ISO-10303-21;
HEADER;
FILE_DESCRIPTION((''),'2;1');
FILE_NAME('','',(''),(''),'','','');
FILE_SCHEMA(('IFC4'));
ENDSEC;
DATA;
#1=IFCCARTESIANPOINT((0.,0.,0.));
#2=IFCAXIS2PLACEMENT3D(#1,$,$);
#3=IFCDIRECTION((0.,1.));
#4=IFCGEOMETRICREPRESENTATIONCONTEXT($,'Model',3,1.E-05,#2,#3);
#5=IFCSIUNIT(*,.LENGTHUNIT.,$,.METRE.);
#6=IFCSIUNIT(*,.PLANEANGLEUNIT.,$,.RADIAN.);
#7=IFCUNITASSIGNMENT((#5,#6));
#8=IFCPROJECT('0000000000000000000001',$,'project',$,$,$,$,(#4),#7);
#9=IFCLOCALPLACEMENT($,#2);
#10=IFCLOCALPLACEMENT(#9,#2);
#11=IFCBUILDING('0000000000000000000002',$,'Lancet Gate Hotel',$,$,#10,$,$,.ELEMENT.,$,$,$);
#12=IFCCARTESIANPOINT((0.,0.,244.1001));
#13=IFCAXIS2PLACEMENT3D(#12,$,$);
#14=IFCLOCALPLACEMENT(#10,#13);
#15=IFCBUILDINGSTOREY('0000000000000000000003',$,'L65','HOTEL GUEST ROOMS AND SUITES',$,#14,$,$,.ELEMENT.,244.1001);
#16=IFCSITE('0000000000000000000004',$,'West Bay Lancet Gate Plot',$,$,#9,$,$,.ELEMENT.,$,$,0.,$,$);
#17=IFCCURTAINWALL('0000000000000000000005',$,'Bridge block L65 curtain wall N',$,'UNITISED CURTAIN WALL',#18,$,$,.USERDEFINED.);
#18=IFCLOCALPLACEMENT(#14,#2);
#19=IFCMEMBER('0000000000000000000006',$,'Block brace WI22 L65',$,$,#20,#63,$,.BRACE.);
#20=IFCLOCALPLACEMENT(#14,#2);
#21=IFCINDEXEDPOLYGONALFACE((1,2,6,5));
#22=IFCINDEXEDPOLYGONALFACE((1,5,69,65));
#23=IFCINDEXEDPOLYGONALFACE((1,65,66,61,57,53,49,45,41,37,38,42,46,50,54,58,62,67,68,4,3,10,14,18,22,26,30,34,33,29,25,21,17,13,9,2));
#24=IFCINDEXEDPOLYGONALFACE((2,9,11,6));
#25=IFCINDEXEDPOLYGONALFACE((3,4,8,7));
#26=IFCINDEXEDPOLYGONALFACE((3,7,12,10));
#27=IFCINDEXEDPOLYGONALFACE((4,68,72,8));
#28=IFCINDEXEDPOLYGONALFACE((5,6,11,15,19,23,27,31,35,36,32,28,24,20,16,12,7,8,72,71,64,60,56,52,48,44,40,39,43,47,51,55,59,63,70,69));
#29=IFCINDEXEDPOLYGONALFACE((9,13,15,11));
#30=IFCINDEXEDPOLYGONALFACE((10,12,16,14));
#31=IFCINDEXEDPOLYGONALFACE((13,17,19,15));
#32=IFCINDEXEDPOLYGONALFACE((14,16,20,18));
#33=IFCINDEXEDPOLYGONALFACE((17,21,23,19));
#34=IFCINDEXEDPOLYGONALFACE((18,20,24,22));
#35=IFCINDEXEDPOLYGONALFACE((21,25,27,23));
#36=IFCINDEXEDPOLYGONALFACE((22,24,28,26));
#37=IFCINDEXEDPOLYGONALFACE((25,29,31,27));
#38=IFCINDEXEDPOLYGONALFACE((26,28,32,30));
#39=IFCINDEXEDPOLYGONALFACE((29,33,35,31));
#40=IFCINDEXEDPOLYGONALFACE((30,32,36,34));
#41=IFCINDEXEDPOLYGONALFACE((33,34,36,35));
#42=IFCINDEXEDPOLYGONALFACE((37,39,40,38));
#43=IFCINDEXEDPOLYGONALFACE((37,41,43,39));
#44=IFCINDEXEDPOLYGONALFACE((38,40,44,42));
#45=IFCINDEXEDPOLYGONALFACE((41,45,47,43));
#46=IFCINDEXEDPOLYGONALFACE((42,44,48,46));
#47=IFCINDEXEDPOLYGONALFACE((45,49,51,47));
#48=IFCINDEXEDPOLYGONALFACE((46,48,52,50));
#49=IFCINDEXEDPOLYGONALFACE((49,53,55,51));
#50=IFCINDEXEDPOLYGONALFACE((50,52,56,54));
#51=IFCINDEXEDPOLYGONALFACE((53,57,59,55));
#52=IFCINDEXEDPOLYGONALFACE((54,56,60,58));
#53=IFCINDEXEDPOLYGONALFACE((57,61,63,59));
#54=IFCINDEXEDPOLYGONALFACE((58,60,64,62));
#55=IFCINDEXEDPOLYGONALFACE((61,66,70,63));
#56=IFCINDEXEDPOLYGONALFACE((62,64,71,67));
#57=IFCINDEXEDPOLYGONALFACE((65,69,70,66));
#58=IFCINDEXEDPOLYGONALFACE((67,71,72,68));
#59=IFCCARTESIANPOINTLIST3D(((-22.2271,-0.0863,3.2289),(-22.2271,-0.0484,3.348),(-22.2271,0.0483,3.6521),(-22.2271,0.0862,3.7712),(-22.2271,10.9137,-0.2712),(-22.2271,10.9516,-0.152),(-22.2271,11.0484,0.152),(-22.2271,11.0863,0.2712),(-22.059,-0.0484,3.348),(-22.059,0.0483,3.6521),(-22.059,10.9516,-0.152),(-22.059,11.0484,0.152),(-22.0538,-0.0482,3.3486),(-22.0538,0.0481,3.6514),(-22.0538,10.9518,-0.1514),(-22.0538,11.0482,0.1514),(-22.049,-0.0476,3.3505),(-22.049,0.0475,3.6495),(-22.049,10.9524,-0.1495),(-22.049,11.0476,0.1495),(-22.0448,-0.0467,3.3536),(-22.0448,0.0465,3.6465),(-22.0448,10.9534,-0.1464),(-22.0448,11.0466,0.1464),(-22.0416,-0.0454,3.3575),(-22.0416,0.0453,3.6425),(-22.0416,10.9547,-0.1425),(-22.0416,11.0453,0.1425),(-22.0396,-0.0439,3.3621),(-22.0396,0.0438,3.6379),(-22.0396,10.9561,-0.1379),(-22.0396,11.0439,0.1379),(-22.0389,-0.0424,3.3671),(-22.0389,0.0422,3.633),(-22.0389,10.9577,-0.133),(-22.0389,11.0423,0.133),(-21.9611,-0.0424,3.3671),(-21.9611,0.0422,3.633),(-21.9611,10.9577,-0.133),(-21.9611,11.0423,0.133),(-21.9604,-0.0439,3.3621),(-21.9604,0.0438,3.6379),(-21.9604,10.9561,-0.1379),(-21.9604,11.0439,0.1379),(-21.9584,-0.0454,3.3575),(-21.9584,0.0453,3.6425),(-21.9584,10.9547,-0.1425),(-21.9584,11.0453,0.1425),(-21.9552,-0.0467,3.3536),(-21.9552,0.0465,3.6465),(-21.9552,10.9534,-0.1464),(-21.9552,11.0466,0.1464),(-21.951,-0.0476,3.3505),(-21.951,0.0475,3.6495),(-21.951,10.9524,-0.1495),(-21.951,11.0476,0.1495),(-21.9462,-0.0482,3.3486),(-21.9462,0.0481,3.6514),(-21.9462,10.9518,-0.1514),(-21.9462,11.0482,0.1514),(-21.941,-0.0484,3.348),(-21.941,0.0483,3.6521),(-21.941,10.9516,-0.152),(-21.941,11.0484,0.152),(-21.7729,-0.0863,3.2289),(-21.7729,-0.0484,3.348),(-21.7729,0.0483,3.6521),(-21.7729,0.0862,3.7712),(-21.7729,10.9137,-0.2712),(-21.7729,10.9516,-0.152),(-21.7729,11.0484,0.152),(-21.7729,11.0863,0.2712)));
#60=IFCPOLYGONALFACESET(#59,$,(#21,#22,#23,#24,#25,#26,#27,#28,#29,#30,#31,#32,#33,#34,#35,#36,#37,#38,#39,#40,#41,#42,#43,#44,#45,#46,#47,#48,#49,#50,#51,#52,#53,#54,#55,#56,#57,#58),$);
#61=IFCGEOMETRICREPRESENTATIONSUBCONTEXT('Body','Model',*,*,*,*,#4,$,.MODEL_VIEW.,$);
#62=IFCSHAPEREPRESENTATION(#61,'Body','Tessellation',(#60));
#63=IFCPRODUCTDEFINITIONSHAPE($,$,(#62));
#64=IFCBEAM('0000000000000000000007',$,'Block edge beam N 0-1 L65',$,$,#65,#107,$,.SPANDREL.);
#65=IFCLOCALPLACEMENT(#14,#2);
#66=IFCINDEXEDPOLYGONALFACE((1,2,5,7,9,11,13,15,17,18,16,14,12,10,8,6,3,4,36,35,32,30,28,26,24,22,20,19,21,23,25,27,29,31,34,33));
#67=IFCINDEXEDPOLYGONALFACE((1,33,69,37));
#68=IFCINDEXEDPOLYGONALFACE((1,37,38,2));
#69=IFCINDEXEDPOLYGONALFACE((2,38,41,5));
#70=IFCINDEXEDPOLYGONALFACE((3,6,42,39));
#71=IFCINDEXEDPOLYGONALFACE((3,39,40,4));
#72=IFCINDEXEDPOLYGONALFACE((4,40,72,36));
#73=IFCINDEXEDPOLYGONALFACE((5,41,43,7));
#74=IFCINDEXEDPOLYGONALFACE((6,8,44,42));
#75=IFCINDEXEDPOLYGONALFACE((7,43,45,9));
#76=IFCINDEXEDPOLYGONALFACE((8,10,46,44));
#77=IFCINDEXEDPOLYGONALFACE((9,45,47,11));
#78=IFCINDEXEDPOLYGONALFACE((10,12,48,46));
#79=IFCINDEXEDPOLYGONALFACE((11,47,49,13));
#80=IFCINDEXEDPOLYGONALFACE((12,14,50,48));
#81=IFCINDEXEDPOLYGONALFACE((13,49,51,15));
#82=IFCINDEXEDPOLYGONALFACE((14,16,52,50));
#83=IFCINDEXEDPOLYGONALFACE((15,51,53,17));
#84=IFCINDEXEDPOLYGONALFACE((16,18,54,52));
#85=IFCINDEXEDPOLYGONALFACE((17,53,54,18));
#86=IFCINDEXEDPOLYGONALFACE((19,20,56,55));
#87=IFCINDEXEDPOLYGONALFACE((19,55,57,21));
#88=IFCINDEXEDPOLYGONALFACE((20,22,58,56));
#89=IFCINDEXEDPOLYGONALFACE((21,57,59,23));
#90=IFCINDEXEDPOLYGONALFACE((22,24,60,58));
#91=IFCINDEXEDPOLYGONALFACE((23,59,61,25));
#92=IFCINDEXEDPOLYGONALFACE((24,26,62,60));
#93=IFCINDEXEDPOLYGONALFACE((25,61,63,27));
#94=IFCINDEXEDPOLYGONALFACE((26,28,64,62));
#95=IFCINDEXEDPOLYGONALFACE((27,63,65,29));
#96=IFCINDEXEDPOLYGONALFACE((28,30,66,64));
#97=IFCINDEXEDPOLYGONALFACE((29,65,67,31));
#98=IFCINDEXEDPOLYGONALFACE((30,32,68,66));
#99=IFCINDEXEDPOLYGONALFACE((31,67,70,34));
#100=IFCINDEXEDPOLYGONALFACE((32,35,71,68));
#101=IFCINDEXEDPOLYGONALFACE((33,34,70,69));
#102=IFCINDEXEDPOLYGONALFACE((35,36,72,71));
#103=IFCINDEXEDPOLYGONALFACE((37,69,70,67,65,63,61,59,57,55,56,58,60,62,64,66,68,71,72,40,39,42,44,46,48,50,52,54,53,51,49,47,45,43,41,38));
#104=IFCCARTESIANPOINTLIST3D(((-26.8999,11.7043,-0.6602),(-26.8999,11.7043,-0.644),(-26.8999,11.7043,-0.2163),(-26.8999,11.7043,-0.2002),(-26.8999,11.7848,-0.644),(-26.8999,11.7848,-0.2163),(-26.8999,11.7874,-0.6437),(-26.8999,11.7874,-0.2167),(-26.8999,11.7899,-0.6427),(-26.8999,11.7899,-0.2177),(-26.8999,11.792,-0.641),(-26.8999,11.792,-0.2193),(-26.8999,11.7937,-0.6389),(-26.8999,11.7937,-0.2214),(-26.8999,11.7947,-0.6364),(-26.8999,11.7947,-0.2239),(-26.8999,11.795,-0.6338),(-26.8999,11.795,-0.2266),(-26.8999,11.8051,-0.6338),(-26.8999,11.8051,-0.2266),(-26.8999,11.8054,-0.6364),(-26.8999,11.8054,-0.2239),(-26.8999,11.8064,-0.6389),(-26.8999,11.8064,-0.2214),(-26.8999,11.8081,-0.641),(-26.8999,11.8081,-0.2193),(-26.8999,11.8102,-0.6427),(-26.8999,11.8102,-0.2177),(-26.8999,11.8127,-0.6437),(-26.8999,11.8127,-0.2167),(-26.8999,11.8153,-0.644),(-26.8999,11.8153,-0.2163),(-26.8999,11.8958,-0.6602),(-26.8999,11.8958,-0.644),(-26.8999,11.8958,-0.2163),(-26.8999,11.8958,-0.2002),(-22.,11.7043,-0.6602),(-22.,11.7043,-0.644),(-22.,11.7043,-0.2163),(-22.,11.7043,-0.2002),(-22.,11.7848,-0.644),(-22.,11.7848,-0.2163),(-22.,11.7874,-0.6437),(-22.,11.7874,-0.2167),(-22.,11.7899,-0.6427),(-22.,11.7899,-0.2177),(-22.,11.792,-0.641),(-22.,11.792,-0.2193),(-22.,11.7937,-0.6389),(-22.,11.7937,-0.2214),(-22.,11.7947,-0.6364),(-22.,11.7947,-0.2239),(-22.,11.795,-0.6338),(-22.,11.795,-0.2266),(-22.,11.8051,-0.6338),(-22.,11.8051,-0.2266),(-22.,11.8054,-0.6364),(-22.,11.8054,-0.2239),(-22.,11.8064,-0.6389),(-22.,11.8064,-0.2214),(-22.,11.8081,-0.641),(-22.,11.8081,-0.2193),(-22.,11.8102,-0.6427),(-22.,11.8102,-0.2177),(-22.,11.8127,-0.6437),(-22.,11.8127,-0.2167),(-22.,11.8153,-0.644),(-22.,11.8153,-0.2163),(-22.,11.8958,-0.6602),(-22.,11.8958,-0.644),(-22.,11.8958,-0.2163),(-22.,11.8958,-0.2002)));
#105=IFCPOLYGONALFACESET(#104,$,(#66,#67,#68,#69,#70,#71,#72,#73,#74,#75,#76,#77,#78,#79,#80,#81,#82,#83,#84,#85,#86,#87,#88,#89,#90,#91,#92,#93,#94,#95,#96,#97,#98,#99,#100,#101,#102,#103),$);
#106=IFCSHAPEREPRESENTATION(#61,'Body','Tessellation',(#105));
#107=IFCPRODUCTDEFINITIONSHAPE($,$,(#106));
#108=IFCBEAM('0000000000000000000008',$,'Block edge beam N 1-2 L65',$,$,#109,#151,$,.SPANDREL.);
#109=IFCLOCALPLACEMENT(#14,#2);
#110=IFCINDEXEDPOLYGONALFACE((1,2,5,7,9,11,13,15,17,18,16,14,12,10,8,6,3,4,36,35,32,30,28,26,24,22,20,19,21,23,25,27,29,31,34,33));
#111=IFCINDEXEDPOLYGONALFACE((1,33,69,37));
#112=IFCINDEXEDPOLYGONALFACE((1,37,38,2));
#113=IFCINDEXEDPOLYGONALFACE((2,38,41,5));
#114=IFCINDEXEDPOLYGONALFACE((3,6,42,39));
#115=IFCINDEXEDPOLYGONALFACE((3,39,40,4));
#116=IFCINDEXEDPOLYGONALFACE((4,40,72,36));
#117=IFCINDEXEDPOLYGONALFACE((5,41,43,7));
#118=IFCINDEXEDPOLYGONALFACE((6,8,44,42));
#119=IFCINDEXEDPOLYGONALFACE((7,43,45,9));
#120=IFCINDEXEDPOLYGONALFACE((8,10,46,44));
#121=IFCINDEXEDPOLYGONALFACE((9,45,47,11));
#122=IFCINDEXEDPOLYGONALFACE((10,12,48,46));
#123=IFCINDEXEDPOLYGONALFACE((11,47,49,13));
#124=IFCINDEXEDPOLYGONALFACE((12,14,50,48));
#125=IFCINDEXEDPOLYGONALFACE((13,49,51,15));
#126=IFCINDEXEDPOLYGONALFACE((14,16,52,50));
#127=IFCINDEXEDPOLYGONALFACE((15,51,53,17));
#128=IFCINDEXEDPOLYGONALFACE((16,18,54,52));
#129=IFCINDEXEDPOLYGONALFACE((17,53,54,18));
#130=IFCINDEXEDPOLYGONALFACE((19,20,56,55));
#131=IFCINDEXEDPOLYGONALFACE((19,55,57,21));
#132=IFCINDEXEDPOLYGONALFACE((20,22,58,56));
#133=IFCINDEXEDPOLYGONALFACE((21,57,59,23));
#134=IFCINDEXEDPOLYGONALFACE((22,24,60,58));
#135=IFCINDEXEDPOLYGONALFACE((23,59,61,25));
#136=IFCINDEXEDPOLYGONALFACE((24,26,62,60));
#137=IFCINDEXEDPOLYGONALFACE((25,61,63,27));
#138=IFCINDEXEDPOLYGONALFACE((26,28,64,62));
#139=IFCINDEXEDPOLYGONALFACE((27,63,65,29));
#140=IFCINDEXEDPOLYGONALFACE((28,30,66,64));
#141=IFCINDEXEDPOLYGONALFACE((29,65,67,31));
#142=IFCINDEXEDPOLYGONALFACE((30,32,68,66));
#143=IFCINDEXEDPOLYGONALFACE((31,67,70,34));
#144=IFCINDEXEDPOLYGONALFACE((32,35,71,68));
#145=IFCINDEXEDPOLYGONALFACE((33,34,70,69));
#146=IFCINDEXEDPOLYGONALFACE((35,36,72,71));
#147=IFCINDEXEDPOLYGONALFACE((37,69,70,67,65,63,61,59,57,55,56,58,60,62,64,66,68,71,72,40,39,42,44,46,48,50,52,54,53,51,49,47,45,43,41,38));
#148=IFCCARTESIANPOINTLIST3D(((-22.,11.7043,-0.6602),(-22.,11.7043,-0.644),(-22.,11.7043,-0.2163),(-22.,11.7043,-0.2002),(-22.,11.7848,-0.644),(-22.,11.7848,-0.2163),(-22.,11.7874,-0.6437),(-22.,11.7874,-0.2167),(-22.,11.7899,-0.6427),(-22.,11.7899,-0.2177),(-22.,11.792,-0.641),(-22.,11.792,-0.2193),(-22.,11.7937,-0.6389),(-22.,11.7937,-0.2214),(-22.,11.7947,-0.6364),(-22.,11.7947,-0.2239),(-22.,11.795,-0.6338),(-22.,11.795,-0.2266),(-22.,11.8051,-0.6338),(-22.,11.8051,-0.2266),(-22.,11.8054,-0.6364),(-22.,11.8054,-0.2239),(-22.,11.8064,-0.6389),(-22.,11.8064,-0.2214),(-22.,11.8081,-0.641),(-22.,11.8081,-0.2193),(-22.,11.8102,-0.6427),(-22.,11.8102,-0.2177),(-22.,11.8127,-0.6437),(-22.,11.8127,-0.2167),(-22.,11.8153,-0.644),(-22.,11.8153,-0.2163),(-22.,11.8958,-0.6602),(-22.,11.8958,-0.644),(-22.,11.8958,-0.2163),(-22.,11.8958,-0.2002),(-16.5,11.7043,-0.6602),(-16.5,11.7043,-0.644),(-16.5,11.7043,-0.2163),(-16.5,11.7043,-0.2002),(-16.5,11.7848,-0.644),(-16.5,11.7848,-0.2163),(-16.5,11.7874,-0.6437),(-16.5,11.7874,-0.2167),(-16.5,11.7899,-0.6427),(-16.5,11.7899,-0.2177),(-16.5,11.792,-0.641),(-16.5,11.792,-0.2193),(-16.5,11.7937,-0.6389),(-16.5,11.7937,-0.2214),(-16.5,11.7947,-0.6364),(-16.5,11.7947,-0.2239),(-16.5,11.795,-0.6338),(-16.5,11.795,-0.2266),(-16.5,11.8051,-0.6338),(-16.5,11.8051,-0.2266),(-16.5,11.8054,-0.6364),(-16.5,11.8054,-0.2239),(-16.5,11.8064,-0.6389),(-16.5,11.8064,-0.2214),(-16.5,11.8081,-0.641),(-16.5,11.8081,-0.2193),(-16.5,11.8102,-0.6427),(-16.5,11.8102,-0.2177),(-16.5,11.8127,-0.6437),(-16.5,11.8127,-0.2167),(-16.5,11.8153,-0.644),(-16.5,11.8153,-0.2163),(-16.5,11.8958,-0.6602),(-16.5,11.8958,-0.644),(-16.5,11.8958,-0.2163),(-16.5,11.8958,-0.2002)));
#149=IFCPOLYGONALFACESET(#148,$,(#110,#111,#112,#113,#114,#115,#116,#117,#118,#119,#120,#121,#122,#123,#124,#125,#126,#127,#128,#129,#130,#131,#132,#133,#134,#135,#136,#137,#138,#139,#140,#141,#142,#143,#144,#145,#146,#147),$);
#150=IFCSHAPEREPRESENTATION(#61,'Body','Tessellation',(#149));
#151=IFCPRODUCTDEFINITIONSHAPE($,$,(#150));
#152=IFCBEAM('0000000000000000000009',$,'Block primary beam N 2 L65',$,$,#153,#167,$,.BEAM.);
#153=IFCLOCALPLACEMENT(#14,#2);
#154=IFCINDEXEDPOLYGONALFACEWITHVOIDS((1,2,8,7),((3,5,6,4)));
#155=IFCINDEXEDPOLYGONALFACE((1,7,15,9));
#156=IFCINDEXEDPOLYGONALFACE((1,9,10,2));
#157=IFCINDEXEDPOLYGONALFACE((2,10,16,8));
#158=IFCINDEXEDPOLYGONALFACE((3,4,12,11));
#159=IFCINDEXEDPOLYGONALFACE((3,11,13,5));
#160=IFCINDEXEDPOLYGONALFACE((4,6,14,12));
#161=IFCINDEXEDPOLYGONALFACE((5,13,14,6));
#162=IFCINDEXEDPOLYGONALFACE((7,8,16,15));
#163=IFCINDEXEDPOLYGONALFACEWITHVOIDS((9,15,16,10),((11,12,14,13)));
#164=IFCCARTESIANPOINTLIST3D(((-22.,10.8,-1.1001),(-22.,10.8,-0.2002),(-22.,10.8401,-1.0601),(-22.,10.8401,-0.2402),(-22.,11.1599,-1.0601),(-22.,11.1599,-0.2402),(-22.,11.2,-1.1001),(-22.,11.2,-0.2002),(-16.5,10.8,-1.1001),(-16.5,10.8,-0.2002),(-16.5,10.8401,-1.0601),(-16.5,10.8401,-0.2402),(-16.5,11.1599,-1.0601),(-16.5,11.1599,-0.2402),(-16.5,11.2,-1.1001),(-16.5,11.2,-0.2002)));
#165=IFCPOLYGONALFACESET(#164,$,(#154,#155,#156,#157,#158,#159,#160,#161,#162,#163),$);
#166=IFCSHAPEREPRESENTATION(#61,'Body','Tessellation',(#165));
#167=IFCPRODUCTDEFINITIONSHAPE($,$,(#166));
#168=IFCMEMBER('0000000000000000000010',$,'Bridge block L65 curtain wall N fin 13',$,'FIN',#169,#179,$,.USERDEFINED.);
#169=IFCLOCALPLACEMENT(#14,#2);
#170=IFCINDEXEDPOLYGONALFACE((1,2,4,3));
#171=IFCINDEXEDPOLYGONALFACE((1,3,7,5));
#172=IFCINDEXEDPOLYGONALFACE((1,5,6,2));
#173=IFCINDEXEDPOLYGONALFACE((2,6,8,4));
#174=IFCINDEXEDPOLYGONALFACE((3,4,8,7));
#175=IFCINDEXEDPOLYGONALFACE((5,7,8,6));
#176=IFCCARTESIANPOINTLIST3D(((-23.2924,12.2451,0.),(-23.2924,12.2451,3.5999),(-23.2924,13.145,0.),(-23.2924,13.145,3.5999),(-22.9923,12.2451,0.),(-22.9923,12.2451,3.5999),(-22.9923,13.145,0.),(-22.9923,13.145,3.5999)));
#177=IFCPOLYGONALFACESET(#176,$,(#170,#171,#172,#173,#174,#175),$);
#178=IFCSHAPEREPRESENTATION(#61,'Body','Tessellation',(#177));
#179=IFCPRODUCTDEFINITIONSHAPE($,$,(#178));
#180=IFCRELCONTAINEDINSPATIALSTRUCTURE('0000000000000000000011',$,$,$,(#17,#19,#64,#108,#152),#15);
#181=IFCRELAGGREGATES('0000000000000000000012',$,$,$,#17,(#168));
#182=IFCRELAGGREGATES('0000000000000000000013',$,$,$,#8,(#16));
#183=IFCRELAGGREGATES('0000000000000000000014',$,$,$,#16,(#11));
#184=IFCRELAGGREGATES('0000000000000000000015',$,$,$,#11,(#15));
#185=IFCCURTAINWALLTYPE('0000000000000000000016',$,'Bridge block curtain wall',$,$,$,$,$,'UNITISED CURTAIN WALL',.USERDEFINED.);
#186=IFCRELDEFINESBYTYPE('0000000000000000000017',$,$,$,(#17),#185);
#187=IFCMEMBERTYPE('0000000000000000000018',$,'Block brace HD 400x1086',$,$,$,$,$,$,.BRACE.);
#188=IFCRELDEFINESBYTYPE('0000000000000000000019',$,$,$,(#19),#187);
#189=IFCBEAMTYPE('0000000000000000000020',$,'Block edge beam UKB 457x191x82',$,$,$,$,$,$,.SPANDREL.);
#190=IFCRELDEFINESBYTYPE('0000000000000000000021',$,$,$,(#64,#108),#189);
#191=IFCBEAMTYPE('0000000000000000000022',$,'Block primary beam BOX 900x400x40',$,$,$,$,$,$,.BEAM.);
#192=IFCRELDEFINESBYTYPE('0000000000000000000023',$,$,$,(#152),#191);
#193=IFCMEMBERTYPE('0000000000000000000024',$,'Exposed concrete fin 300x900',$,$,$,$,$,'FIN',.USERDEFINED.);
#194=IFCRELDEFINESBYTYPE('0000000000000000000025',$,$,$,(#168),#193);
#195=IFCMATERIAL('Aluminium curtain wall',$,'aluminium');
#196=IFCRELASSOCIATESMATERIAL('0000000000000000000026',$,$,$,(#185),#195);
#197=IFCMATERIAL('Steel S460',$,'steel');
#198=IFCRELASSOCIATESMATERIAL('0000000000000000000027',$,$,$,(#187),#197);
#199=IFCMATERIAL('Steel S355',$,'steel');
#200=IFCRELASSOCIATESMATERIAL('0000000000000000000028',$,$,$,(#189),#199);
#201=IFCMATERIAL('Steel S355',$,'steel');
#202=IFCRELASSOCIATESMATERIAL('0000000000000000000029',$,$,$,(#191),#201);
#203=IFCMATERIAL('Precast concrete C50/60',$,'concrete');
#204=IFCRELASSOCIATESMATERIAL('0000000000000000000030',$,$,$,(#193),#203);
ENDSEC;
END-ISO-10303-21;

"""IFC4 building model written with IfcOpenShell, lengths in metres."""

from ifc_helpers import new_model, si_unit, direction, frame, origin, origin_2d, place, context, subcontext, project, spatial, rectangle, hollow_rectangle, i_section, extrude, material, material_profile, profile_set, type_object, element, aggregate, save


model = new_model("IFC4")

# Units and contexts
model_context = context("Model", 3, precision=1e-05, world=origin(), true_north=direction((0.0, 1.0)))
body_context = subcontext(model_context, "Body", "Model", "MODEL_VIEW")
ifc_project = project(units=[si_unit("LENGTHUNIT", "METRE"), si_unit("PLANEANGLEUNIT", "RADIAN")], contexts=[model_context])

# Site, building, storey
site_placement = place(None, origin())
site = spatial("IfcSite", under=ifc_project, at=site_placement, Name="West Bay Lancet Gate Plot", CompositionType="ELEMENT", RefElevation=0.0)
building_placement = place(site_placement, origin())
building = spatial("IfcBuilding", under=site, at=building_placement, Name="Lancet Gate Hotel", CompositionType="ELEMENT")
storey_placement = place(building_placement, frame((0.0, 0.0, 244.1001)))
storey = spatial("IfcBuildingStorey", under=building, at=storey_placement, Name="L65", Description="HOTEL GUEST ROOMS AND SUITES", CompositionType="ELEMENT", Elevation=244.1001)

# Curtain wall
ifc_material_1 = material(Name="Aluminium curtain wall", Category="aluminium")
curtain_wall_type_1 = type_object("IfcCurtainWallType", Name="Bridge block curtain wall", ElementType="UNITISED CURTAIN WALL", PredefinedType="USERDEFINED", material=ifc_material_1)
curtain_wall_1_placement = place(storey_placement, origin())
curtain_wall_1 = element("IfcCurtainWall", 1, at=curtain_wall_1_placement, inside=storey, type_object=curtain_wall_type_1, Name="Bridge block L65 curtain wall N", ObjectType="UNITISED CURTAIN WALL", PredefinedType="USERDEFINED")

# Member
ifc_material_2 = material(Name="Steel S460", Category="steel")
ifc_material_profile_1 = material_profile(ifc_material_2, i_section(OverallWidth=0.4541, OverallDepth=0.5691, WebThickness=0.0779, FlangeThickness=0.125, FilletRadius=0.02, at=origin_2d()), Name="HD 400x1086")
ifc_profile_set_1 = profile_set([ifc_material_profile_1], Name="Steel S460")
member_type_1 = type_object("IfcMemberType", Name="Block brace HD 400x1086", PredefinedType="BRACE", material=ifc_profile_set_1)
member_1_placement = place(storey_placement, frame((-22.0, 11.0, 0.0), z_axis=(0.0, -0.952926, 0.303204), x_axis=(1.0, 0.0, 0.0)))
element("IfcMember", 2, at=member_1_placement, inside=storey, type_object=member_type_1, Name="Block brace WI22 L65", PredefinedType="BRACE", context=body_context, shape_type="SweptSolid", body=[
    extrude(i_section(OverallWidth=0.4541, OverallDepth=0.5691, WebThickness=0.0779, FlangeThickness=0.125, FilletRadius=0.02, at=origin_2d()), origin(), (0.0, 0.0, 1.0), 11.5435),
])

# Beams
ifc_material_3 = material(Name="Steel S355", Category="steel")
ifc_material_profile_2 = material_profile(ifc_material_3, i_section(OverallWidth=0.1914, OverallDepth=0.46, WebThickness=0.01, FlangeThickness=0.0161, FilletRadius=0.0103, at=origin_2d()), Name="UKB 457x191x82")
ifc_profile_set_2 = profile_set([ifc_material_profile_2], Name="Steel S355")
beam_type_1 = type_object("IfcBeamType", Name="Block edge beam UKB 457x191x82", PredefinedType="SPANDREL", material=ifc_profile_set_2)
beam_1_placement = place(storey_placement, frame((-26.8999, 11.8, -0.4302), z_axis=(1.0, 0.0, 0.0), x_axis=(0.0, 1.0, 0.0)))
element("IfcBeam", 3, at=beam_1_placement, inside=storey, type_object=beam_type_1, Name="Block edge beam N 0-1 L65", PredefinedType="SPANDREL", context=body_context, shape_type="SweptSolid", body=[
    extrude(i_section(OverallWidth=0.1914, OverallDepth=0.46, WebThickness=0.01, FlangeThickness=0.0161, FilletRadius=0.0103, at=origin_2d()), origin(), (0.0, 0.0, 1.0), 4.8999),
])
beam_2_placement = place(storey_placement, frame((-22.0, 11.8, -0.4302), z_axis=(1.0, 0.0, 0.0), x_axis=(0.0, 1.0, 0.0)))
element("IfcBeam", 4, at=beam_2_placement, inside=storey, type_object=beam_type_1, Name="Block edge beam N 1-2 L65", PredefinedType="SPANDREL", context=body_context, shape_type="SweptSolid", body=[
    extrude(i_section(OverallWidth=0.1914, OverallDepth=0.46, WebThickness=0.01, FlangeThickness=0.0161, FilletRadius=0.0103, at=origin_2d()), origin(), (0.0, 0.0, 1.0), 5.5),
])
ifc_material_4 = material(Name="Steel S355", Category="steel")
ifc_material_profile_3 = material_profile(ifc_material_4, hollow_rectangle(XDim=0.3999, YDim=0.8999, WallThickness=0.04, at=origin_2d()), Name="BOX 900x400x40")
ifc_profile_set_3 = profile_set([ifc_material_profile_3], Name="Steel S355")
beam_type_2 = type_object("IfcBeamType", Name="Block primary beam BOX 900x400x40", PredefinedType="BEAM", material=ifc_profile_set_3)
beam_3_placement = place(storey_placement, frame((-22.0, 11.0, -0.6501), z_axis=(1.0, 0.0, 0.0), x_axis=(0.0, 1.0, 0.0)))
element("IfcBeam", 5, at=beam_3_placement, inside=storey, type_object=beam_type_2, Name="Block primary beam N 2 L65", PredefinedType="BEAM", context=body_context, shape_type="SweptSolid", body=[
    extrude(hollow_rectangle(XDim=0.3999, YDim=0.8999, WallThickness=0.04, at=origin_2d()), origin(), (0.0, 0.0, 1.0), 5.5),
])

# Member
ifc_material_5 = material(Name="Precast concrete C50/60", Category="concrete")
ifc_material_profile_4 = material_profile(ifc_material_5, rectangle(XDim=0.3, YDim=0.8999, at=origin_2d()), Name="FIN 300x900")
ifc_profile_set_4 = profile_set([ifc_material_profile_4], Name="Precast concrete C50/60")
member_type_2 = type_object("IfcMemberType", Name="Exposed concrete fin 300x900", ElementType="FIN", PredefinedType="USERDEFINED", material=ifc_profile_set_4)
member_2_placement = place(storey_placement, frame((-23.1423, 12.6951, 0.0), z_axis=(0.0, 0.0, 1.0), x_axis=(-1.0, 0.0, 0.0)))
member_2 = element("IfcMember", 6, at=member_2_placement, type_object=member_type_2, Name="Bridge block L65 curtain wall N fin 13", ObjectType="FIN", PredefinedType="USERDEFINED", context=body_context, shape_type="SweptSolid", body=[
    extrude(rectangle(XDim=0.3, YDim=0.8999, at=origin_2d()), origin(), (0.0, 0.0, 1.0), 3.5999),
])

aggregate(curtain_wall_1, [member_2])

save(model, "model.ifc")
